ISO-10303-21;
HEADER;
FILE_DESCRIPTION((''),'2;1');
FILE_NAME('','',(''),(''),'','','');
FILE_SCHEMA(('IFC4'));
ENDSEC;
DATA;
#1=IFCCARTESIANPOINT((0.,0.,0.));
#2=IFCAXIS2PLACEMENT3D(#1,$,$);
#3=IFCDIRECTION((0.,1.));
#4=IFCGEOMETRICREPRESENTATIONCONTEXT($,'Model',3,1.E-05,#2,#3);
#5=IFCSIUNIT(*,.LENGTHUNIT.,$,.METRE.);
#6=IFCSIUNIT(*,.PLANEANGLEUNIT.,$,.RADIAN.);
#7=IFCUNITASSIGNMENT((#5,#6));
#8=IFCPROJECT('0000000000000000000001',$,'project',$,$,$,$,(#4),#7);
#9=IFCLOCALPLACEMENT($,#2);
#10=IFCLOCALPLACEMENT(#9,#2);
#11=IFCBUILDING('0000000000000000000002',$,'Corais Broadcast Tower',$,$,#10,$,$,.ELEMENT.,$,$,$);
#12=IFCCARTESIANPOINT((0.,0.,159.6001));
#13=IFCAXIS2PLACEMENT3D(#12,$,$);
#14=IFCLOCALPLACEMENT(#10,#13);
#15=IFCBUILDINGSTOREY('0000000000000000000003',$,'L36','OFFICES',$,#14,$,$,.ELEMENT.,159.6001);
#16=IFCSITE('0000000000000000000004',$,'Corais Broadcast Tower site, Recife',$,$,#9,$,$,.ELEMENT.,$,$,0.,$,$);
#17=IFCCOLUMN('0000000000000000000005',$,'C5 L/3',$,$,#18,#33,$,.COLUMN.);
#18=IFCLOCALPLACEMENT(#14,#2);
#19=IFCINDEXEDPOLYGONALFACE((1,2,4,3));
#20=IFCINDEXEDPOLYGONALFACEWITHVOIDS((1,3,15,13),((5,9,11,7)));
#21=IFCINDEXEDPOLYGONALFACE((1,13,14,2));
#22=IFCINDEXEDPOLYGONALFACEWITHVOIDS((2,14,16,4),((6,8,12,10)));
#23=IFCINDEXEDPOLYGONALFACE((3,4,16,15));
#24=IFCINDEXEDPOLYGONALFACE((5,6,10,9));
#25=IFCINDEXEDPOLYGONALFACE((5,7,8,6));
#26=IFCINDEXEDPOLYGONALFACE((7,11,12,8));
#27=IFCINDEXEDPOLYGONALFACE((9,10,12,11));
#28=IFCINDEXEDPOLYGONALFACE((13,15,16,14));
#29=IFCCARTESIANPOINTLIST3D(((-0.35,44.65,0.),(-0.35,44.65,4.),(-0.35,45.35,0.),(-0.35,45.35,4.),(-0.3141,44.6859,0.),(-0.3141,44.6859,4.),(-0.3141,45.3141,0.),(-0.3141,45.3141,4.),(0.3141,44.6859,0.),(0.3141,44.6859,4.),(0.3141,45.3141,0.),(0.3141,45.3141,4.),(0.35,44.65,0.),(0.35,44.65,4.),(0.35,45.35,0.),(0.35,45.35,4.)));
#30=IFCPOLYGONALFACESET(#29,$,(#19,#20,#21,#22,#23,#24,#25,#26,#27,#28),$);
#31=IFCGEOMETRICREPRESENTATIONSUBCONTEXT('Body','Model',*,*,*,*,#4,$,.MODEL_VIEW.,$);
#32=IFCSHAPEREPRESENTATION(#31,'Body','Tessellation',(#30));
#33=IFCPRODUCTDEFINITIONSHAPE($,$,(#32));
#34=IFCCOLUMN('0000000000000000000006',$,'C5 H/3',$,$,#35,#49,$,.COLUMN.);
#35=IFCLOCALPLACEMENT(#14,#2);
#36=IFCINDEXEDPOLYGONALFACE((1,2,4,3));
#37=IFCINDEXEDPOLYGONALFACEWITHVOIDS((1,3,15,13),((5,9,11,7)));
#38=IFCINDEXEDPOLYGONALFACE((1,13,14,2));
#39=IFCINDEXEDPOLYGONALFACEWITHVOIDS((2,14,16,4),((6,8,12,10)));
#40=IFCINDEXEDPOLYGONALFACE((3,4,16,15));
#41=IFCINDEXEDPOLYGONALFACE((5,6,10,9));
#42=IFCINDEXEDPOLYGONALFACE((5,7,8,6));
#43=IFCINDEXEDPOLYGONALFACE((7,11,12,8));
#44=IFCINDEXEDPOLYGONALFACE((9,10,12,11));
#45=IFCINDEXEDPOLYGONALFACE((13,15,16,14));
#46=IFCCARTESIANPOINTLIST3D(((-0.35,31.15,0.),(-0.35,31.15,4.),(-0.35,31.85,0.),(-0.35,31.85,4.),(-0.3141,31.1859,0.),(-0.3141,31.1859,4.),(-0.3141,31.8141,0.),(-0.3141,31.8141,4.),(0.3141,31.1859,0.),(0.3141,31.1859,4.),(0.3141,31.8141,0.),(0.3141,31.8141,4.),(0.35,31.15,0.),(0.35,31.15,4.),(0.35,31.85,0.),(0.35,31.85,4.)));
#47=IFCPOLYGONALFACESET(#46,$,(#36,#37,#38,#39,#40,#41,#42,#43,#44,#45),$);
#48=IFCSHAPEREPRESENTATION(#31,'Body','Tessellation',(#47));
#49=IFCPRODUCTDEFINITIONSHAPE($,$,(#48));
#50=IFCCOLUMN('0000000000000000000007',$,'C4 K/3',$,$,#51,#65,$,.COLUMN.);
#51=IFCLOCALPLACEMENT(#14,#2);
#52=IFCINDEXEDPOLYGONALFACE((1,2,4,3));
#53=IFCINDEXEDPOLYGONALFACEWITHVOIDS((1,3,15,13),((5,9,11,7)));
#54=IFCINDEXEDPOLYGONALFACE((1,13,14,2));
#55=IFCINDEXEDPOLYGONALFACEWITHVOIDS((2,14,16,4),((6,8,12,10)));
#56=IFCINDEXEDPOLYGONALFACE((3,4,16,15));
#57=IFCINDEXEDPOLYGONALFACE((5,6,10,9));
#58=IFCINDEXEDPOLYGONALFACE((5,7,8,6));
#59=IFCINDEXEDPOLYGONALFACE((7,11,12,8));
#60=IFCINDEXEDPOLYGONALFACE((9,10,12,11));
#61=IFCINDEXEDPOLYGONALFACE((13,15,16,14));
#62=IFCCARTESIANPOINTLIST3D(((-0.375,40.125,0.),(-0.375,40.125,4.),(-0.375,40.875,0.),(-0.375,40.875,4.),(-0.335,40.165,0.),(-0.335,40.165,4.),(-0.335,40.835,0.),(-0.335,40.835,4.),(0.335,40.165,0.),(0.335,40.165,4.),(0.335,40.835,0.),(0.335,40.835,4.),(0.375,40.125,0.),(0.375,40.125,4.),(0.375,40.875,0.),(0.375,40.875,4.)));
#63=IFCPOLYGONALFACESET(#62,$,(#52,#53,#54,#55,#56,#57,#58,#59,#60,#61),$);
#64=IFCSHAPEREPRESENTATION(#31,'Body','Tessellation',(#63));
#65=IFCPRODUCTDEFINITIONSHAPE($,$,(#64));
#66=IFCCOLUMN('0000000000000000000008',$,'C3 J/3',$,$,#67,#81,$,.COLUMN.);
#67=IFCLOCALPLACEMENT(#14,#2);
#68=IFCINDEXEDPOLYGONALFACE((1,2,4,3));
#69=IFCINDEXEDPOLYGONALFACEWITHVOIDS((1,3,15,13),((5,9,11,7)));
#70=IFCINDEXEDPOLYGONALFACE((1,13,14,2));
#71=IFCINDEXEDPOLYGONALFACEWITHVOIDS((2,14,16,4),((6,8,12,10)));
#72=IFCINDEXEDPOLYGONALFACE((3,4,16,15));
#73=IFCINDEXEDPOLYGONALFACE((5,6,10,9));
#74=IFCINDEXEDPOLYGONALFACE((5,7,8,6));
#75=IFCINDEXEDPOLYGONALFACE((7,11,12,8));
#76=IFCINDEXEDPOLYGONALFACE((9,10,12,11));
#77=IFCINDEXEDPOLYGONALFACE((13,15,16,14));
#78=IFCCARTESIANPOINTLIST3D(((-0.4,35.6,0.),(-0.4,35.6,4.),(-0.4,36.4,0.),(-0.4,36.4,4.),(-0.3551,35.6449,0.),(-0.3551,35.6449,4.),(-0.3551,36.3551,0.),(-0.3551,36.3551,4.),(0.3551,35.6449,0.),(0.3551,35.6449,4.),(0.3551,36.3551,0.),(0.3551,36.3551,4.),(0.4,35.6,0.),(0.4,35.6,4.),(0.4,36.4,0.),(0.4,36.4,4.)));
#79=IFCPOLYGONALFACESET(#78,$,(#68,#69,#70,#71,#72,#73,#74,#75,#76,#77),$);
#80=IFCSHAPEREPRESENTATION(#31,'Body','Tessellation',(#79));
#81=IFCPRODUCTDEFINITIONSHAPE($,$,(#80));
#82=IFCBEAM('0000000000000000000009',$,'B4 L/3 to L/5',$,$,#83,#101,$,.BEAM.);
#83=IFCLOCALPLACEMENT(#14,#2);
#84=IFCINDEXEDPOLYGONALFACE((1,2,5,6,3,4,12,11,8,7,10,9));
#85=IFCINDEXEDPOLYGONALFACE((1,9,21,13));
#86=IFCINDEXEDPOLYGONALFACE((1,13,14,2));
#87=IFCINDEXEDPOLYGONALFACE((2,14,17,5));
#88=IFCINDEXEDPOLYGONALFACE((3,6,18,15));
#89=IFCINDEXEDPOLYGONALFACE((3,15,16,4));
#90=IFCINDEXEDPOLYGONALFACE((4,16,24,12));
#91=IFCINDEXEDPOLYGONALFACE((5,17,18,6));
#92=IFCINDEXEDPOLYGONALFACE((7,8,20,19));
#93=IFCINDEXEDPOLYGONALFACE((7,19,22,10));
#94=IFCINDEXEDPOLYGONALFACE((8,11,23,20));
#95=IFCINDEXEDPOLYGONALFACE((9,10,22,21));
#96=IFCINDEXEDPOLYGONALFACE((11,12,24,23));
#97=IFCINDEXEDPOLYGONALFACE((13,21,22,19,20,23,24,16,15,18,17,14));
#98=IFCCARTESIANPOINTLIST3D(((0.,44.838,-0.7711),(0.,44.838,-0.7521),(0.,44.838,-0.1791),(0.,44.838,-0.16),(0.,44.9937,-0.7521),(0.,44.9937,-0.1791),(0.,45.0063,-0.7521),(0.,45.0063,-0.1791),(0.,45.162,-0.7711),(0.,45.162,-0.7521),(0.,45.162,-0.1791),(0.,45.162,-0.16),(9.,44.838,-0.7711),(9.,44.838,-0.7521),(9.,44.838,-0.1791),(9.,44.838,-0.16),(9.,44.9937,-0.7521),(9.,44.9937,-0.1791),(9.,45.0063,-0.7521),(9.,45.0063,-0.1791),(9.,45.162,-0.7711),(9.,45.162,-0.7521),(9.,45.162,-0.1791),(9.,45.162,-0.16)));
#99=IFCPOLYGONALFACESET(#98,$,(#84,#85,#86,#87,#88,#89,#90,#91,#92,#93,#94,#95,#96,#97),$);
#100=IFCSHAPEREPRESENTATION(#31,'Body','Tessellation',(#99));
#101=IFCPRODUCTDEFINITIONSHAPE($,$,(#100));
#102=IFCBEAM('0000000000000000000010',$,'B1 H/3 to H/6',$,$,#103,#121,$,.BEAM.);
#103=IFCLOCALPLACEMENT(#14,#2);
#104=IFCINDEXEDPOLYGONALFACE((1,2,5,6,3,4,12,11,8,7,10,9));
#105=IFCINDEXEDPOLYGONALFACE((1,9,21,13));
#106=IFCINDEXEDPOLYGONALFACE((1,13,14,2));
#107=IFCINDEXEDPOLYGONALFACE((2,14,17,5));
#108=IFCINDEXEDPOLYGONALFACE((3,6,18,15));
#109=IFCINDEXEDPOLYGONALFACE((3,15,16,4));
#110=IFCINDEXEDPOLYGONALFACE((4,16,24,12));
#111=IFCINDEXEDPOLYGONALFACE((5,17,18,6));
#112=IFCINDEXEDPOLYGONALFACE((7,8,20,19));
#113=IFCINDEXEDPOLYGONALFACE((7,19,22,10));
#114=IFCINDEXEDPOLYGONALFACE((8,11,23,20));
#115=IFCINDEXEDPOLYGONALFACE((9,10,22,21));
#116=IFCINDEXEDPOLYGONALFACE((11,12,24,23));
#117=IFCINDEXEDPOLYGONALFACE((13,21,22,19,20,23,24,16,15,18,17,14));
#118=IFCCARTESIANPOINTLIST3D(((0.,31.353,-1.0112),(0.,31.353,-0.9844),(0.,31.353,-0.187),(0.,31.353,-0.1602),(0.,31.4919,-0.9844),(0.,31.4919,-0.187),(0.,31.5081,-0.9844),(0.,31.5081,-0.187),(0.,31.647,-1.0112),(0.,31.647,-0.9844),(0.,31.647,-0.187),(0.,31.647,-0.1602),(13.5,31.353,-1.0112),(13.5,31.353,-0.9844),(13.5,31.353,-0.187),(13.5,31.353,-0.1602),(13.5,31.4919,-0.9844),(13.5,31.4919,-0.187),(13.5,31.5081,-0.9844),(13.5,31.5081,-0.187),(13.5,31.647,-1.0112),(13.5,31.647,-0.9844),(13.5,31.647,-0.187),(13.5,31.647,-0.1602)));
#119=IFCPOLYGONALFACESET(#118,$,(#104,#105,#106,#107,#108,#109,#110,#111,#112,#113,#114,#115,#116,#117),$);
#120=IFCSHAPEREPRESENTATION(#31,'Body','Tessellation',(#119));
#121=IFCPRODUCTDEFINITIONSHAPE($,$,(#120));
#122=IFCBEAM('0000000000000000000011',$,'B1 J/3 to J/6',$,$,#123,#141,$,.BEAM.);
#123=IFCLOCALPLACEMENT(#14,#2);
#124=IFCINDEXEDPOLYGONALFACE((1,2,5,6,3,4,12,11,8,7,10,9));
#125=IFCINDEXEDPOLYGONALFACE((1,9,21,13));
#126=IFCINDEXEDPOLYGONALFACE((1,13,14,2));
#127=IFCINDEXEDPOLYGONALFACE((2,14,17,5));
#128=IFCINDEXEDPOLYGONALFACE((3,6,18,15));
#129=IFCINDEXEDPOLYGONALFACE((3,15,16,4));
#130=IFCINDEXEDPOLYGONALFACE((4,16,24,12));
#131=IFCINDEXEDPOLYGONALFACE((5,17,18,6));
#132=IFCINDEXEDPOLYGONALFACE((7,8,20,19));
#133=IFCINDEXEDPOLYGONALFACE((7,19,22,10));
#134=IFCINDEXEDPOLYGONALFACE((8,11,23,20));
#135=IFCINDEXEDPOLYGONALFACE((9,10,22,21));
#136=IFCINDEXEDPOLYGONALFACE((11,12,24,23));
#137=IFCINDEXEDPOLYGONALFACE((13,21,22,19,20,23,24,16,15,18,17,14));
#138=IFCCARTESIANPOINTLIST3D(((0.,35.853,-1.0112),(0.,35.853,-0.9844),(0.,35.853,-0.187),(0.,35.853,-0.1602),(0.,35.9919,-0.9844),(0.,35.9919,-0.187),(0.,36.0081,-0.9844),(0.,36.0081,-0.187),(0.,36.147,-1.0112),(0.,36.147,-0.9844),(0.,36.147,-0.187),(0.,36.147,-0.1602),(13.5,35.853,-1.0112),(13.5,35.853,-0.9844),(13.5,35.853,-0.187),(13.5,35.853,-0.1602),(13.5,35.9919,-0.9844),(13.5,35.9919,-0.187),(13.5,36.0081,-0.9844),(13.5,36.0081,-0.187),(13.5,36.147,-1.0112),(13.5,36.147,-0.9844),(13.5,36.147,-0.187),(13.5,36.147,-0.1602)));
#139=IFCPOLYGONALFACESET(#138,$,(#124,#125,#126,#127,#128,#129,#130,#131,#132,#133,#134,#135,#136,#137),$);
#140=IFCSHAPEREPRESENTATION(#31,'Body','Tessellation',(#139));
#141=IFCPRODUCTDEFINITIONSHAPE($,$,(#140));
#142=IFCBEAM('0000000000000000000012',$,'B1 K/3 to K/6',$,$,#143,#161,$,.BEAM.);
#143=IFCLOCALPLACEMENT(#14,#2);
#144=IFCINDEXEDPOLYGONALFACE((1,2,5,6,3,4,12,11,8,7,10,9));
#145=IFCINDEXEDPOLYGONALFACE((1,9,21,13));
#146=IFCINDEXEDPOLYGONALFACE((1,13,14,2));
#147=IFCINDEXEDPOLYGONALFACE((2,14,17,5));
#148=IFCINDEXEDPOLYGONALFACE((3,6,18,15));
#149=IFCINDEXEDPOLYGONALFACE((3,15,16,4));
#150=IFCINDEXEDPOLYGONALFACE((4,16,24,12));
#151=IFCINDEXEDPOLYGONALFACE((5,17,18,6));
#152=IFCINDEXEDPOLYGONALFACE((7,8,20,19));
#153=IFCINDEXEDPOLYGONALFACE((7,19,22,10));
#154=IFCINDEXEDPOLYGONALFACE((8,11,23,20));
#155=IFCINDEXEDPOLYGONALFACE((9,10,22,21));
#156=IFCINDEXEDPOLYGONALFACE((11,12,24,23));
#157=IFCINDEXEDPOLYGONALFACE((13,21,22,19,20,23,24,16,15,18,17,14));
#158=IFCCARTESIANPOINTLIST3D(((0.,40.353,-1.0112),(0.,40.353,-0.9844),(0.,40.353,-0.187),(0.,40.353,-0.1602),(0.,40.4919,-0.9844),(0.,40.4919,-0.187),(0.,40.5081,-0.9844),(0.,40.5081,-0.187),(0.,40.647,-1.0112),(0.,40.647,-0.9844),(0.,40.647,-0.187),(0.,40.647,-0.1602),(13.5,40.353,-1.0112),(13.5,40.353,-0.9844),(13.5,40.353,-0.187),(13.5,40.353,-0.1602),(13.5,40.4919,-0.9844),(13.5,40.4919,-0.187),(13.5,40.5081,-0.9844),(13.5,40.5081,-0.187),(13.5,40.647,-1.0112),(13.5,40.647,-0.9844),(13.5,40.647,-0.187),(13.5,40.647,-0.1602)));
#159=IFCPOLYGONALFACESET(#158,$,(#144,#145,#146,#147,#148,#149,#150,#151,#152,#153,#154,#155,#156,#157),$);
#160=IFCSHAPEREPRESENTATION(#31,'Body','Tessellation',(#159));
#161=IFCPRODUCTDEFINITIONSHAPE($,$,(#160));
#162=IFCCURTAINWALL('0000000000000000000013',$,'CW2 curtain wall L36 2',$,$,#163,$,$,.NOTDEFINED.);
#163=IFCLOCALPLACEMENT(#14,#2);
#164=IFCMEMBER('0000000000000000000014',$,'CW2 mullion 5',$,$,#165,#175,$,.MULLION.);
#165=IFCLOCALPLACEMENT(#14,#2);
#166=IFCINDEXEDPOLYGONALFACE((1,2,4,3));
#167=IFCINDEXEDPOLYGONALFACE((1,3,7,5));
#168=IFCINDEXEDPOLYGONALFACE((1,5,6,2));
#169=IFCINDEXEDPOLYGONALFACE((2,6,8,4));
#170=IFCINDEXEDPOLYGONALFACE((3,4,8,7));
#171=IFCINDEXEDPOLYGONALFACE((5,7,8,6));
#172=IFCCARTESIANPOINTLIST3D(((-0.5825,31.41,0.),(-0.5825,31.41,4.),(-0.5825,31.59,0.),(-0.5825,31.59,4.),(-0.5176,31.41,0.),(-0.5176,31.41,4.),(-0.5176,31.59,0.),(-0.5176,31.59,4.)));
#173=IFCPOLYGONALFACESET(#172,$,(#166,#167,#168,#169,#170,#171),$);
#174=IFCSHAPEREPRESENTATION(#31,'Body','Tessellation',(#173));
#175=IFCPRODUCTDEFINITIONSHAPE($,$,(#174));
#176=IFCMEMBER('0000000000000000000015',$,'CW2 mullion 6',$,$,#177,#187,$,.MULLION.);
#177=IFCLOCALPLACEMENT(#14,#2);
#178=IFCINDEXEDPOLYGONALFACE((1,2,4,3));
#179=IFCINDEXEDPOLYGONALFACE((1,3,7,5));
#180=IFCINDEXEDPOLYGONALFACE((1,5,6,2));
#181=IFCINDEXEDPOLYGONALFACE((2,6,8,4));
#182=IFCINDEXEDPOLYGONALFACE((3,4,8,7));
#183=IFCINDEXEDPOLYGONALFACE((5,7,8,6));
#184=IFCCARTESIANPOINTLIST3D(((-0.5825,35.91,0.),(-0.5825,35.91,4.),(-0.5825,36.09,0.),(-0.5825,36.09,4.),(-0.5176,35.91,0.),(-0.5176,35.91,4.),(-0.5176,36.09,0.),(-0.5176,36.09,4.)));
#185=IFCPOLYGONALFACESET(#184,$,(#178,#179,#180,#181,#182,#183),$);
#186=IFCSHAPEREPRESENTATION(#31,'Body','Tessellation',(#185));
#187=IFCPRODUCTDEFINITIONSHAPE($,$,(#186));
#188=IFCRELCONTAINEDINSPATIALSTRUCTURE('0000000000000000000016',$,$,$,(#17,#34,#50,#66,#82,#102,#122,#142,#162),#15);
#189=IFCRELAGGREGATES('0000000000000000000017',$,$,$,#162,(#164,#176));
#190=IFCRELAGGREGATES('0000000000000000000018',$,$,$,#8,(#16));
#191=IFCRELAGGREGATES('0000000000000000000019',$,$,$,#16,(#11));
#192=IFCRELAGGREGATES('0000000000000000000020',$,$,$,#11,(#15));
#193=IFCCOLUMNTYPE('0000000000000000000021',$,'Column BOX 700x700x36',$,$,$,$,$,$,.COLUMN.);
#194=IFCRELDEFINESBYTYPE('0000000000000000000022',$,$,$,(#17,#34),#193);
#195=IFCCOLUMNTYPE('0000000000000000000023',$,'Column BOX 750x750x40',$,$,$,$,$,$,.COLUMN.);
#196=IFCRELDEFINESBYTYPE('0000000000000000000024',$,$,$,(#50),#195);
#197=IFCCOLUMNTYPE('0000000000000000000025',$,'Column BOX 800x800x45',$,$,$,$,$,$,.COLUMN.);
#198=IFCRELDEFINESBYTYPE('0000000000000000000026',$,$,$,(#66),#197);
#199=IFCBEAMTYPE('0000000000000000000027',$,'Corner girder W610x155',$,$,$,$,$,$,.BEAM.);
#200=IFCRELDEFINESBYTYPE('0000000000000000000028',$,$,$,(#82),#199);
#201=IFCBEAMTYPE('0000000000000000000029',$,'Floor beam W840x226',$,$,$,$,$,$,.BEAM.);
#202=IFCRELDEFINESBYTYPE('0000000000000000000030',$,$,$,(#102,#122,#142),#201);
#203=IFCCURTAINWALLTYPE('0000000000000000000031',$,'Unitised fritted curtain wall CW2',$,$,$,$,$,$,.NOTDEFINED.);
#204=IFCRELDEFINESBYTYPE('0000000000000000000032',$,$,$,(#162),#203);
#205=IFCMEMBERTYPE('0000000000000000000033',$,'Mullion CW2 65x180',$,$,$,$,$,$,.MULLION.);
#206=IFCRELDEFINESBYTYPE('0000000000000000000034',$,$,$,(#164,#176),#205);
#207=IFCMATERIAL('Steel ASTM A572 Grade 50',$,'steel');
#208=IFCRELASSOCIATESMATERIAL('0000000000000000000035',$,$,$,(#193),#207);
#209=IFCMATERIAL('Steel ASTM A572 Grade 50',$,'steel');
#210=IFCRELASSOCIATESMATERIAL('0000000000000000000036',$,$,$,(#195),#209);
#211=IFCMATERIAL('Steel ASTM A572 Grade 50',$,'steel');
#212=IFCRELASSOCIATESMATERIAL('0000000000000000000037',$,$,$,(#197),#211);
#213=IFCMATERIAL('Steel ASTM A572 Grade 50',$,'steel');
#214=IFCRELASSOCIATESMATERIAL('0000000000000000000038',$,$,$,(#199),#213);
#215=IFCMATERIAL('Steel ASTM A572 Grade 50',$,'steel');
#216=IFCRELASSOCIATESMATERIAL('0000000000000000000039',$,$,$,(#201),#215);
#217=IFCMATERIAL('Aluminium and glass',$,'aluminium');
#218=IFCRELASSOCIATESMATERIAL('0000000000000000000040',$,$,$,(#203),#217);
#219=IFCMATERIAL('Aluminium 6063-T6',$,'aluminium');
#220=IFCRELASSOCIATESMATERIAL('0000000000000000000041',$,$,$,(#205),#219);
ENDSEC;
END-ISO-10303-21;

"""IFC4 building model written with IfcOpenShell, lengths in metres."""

from ifc_helpers import new_model, si_unit, direction, frame, origin, origin_2d, place, context, subcontext, project, spatial, rectangle, hollow_rectangle, i_section, extrude, material, material_profile, profile_set, type_object, element, aggregate, save


model = new_model("IFC4")

# Units and contexts
model_context = context("Model", 3, precision=1e-05, world=origin(), true_north=direction((0.0, 1.0)))
body_context = subcontext(model_context, "Body", "Model", "MODEL_VIEW")
ifc_project = project(units=[si_unit("LENGTHUNIT", "METRE"), si_unit("PLANEANGLEUNIT", "RADIAN")], contexts=[model_context])

# Site, building, storey
site_placement = place(None, origin())
site = spatial("IfcSite", under=ifc_project, at=site_placement, Name="Corais Broadcast Tower site, Recife", CompositionType="ELEMENT", RefElevation=0.0)
building_placement = place(site_placement, origin())
building = spatial("IfcBuilding", under=site, at=building_placement, Name="Corais Broadcast Tower", CompositionType="ELEMENT")
storey_placement = place(building_placement, frame((0.0, 0.0, 159.6001)))
storey = spatial("IfcBuildingStorey", under=building, at=storey_placement, Name="L36", Description="OFFICES", CompositionType="ELEMENT", Elevation=159.6001)

# Columns
ifc_material_1 = material(Name="Steel ASTM A572 Grade 50", Category="steel")
ifc_material_profile_1 = material_profile(ifc_material_1, hollow_rectangle(XDim=0.7, YDim=0.7, WallThickness=0.0359, at=origin_2d()), Name="BOX 700x700x36")
ifc_profile_set_1 = profile_set([ifc_material_profile_1], Name="Steel ASTM A572 Grade 50")
column_type_1 = type_object("IfcColumnType", Name="Column BOX 700x700x36", PredefinedType="COLUMN", material=ifc_profile_set_1)
for number, where, z_axis, x_axis, name in (
    (1, (0.0, 45.0, 0.0), (0.0, 0.0, 1.0), (1.0, 0.0, 0.0), "C5 L/3"),
    (2, (0.0, 31.5, 0.0), (0.0, 0.0, 1.0), (1.0, 0.0, 0.0), "C5 H/3"),
):
    element("IfcColumn", number, at=place(storey_placement, frame(where, z_axis=z_axis, x_axis=x_axis)), inside=storey, type_object=column_type_1, Name=name, PredefinedType="COLUMN", context=body_context, shape_type="SweptSolid", body=[
        extrude(hollow_rectangle(XDim=0.7, YDim=0.7, WallThickness=0.0359, at=origin_2d()), origin(), (0.0, 0.0, 1.0), 4.0),
    ])
ifc_material_2 = material(Name="Steel ASTM A572 Grade 50", Category="steel")
ifc_material_profile_2 = material_profile(ifc_material_2, hollow_rectangle(XDim=0.75, YDim=0.75, WallThickness=0.04, at=origin_2d()), Name="BOX 750x750x40")
ifc_profile_set_2 = profile_set([ifc_material_profile_2], Name="Steel ASTM A572 Grade 50")
column_type_2 = type_object("IfcColumnType", Name="Column BOX 750x750x40", PredefinedType="COLUMN", material=ifc_profile_set_2)
column_1_placement = place(storey_placement, frame((0.0, 40.5, 0.0), z_axis=(0.0, 0.0, 1.0), x_axis=(1.0, 0.0, 0.0)))
element("IfcColumn", 3, at=column_1_placement, inside=storey, type_object=column_type_2, Name="C4 K/3", PredefinedType="COLUMN", context=body_context, shape_type="SweptSolid", body=[
    extrude(hollow_rectangle(XDim=0.75, YDim=0.75, WallThickness=0.04, at=origin_2d()), origin(), (0.0, 0.0, 1.0), 4.0),
])
ifc_material_3 = material(Name="Steel ASTM A572 Grade 50", Category="steel")
ifc_material_profile_3 = material_profile(ifc_material_3, hollow_rectangle(XDim=0.8, YDim=0.8, WallThickness=0.0449, at=origin_2d()), Name="BOX 800x800x45")
ifc_profile_set_3 = profile_set([ifc_material_profile_3], Name="Steel ASTM A572 Grade 50")
column_type_3 = type_object("IfcColumnType", Name="Column BOX 800x800x45", PredefinedType="COLUMN", material=ifc_profile_set_3)
column_2_placement = place(storey_placement, frame((0.0, 36.0, 0.0), z_axis=(0.0, 0.0, 1.0), x_axis=(1.0, 0.0, 0.0)))
element("IfcColumn", 4, at=column_2_placement, inside=storey, type_object=column_type_3, Name="C3 J/3", PredefinedType="COLUMN", context=body_context, shape_type="SweptSolid", body=[
    extrude(hollow_rectangle(XDim=0.8, YDim=0.8, WallThickness=0.0449, at=origin_2d()), origin(), (0.0, 0.0, 1.0), 4.0),
])

# Beams
ifc_material_4 = material(Name="Steel ASTM A572 Grade 50", Category="steel")
ifc_material_profile_4 = material_profile(ifc_material_4, i_section(OverallWidth=0.324, OverallDepth=0.6111, WebThickness=0.0127, FlangeThickness=0.019, at=origin_2d()), Name="W610x155")
ifc_profile_set_4 = profile_set([ifc_material_profile_4], Name="Steel ASTM A572 Grade 50")
beam_type_1 = type_object("IfcBeamType", Name="Corner girder W610x155", PredefinedType="BEAM", material=ifc_profile_set_4)
beam_1_placement = place(storey_placement, frame((0.0, 45.0, -0.4656), z_axis=(1.0, 0.0, 0.0), x_axis=(0.0, 1.0, 0.0)))
element("IfcBeam", 5, at=beam_1_placement, inside=storey, type_object=beam_type_1, Name="B4 L/3 to L/5", PredefinedType="BEAM", context=body_context, shape_type="SweptSolid", body=[
    extrude(i_section(OverallWidth=0.324, OverallDepth=0.6111, WebThickness=0.0127, FlangeThickness=0.019, at=origin_2d()), origin(), (0.0, 0.0, 1.0), 9.0),
])
ifc_material_5 = material(Name="Steel ASTM A572 Grade 50", Category="steel")
ifc_material_profile_5 = material_profile(ifc_material_5, i_section(OverallWidth=0.2939, OverallDepth=0.8511, WebThickness=0.0161, FlangeThickness=0.0269, at=origin_2d()), Name="W840x226")
ifc_profile_set_5 = profile_set([ifc_material_profile_5], Name="Steel ASTM A572 Grade 50")
beam_type_2 = type_object("IfcBeamType", Name="Floor beam W840x226", PredefinedType="BEAM", material=ifc_profile_set_5)
for number, where, z_axis, x_axis, name in (
    (6, (0.0, 31.5, -0.5857), (1.0, 0.0, 0.0), (0.0, 1.0, 0.0), "B1 H/3 to H/6"),
    (7, (0.0, 36.0, -0.5857), (1.0, 0.0, 0.0), (0.0, 1.0, 0.0), "B1 J/3 to J/6"),
    (8, (0.0, 40.5, -0.5857), (1.0, 0.0, 0.0), (0.0, 1.0, 0.0), "B1 K/3 to K/6"),
):
    element("IfcBeam", number, at=place(storey_placement, frame(where, z_axis=z_axis, x_axis=x_axis)), inside=storey, type_object=beam_type_2, Name=name, PredefinedType="BEAM", context=body_context, shape_type="SweptSolid", body=[
        extrude(i_section(OverallWidth=0.2939, OverallDepth=0.8511, WebThickness=0.0161, FlangeThickness=0.0269, at=origin_2d()), origin(), (0.0, 0.0, 1.0), 13.5),
    ])

# Curtain wall, members
ifc_material_6 = material(Name="Aluminium and glass", Category="aluminium")
curtain_wall_type = type_object("IfcCurtainWallType", Name="Unitised fritted curtain wall CW2", PredefinedType="NOTDEFINED", material=ifc_material_6)
curtain_wall_placement = place(storey_placement, origin())
curtain_wall = element("IfcCurtainWall", 9, at=curtain_wall_placement, inside=storey, type_object=curtain_wall_type, Name="CW2 curtain wall L36 2", PredefinedType="NOTDEFINED")
ifc_material_7 = material(Name="Aluminium 6063-T6", Category="aluminium")
ifc_material_profile_6 = material_profile(ifc_material_7, rectangle(XDim=0.0649, YDim=0.1799, at=origin_2d()), Name="Mullion CW2 65x180")
ifc_profile_set_6 = profile_set([ifc_material_profile_6], Name="Aluminium 6063-T6")
member_type_1 = type_object("IfcMemberType", Name="Mullion CW2 65x180", PredefinedType="MULLION", material=ifc_profile_set_6)
member_1_placement = place(storey_placement, frame((-0.55, 31.5, 0.0), z_axis=(0.0, 0.0, 1.0), x_axis=(-1.0, 0.0, 0.0)))
member_1 = element("IfcMember", 10, at=member_1_placement, type_object=member_type_1, Name="CW2 mullion 5", PredefinedType="MULLION", context=body_context, shape_type="SweptSolid", body=[
    extrude(rectangle(XDim=0.0649, YDim=0.1799, at=origin_2d()), origin(), (0.0, 0.0, 1.0), 4.0),
])
member_2_placement = place(storey_placement, frame((-0.55, 36.0, 0.0), z_axis=(0.0, 0.0, 1.0), x_axis=(-1.0, 0.0, 0.0)))
member_2 = element("IfcMember", 11, at=member_2_placement, type_object=member_type_1, Name="CW2 mullion 6", PredefinedType="MULLION", context=body_context, shape_type="SweptSolid", body=[
    extrude(rectangle(XDim=0.0649, YDim=0.1799, at=origin_2d()), origin(), (0.0, 0.0, 1.0), 4.0),
])

aggregate(curtain_wall, [member_1, member_2])

save(model, "model.ifc")
